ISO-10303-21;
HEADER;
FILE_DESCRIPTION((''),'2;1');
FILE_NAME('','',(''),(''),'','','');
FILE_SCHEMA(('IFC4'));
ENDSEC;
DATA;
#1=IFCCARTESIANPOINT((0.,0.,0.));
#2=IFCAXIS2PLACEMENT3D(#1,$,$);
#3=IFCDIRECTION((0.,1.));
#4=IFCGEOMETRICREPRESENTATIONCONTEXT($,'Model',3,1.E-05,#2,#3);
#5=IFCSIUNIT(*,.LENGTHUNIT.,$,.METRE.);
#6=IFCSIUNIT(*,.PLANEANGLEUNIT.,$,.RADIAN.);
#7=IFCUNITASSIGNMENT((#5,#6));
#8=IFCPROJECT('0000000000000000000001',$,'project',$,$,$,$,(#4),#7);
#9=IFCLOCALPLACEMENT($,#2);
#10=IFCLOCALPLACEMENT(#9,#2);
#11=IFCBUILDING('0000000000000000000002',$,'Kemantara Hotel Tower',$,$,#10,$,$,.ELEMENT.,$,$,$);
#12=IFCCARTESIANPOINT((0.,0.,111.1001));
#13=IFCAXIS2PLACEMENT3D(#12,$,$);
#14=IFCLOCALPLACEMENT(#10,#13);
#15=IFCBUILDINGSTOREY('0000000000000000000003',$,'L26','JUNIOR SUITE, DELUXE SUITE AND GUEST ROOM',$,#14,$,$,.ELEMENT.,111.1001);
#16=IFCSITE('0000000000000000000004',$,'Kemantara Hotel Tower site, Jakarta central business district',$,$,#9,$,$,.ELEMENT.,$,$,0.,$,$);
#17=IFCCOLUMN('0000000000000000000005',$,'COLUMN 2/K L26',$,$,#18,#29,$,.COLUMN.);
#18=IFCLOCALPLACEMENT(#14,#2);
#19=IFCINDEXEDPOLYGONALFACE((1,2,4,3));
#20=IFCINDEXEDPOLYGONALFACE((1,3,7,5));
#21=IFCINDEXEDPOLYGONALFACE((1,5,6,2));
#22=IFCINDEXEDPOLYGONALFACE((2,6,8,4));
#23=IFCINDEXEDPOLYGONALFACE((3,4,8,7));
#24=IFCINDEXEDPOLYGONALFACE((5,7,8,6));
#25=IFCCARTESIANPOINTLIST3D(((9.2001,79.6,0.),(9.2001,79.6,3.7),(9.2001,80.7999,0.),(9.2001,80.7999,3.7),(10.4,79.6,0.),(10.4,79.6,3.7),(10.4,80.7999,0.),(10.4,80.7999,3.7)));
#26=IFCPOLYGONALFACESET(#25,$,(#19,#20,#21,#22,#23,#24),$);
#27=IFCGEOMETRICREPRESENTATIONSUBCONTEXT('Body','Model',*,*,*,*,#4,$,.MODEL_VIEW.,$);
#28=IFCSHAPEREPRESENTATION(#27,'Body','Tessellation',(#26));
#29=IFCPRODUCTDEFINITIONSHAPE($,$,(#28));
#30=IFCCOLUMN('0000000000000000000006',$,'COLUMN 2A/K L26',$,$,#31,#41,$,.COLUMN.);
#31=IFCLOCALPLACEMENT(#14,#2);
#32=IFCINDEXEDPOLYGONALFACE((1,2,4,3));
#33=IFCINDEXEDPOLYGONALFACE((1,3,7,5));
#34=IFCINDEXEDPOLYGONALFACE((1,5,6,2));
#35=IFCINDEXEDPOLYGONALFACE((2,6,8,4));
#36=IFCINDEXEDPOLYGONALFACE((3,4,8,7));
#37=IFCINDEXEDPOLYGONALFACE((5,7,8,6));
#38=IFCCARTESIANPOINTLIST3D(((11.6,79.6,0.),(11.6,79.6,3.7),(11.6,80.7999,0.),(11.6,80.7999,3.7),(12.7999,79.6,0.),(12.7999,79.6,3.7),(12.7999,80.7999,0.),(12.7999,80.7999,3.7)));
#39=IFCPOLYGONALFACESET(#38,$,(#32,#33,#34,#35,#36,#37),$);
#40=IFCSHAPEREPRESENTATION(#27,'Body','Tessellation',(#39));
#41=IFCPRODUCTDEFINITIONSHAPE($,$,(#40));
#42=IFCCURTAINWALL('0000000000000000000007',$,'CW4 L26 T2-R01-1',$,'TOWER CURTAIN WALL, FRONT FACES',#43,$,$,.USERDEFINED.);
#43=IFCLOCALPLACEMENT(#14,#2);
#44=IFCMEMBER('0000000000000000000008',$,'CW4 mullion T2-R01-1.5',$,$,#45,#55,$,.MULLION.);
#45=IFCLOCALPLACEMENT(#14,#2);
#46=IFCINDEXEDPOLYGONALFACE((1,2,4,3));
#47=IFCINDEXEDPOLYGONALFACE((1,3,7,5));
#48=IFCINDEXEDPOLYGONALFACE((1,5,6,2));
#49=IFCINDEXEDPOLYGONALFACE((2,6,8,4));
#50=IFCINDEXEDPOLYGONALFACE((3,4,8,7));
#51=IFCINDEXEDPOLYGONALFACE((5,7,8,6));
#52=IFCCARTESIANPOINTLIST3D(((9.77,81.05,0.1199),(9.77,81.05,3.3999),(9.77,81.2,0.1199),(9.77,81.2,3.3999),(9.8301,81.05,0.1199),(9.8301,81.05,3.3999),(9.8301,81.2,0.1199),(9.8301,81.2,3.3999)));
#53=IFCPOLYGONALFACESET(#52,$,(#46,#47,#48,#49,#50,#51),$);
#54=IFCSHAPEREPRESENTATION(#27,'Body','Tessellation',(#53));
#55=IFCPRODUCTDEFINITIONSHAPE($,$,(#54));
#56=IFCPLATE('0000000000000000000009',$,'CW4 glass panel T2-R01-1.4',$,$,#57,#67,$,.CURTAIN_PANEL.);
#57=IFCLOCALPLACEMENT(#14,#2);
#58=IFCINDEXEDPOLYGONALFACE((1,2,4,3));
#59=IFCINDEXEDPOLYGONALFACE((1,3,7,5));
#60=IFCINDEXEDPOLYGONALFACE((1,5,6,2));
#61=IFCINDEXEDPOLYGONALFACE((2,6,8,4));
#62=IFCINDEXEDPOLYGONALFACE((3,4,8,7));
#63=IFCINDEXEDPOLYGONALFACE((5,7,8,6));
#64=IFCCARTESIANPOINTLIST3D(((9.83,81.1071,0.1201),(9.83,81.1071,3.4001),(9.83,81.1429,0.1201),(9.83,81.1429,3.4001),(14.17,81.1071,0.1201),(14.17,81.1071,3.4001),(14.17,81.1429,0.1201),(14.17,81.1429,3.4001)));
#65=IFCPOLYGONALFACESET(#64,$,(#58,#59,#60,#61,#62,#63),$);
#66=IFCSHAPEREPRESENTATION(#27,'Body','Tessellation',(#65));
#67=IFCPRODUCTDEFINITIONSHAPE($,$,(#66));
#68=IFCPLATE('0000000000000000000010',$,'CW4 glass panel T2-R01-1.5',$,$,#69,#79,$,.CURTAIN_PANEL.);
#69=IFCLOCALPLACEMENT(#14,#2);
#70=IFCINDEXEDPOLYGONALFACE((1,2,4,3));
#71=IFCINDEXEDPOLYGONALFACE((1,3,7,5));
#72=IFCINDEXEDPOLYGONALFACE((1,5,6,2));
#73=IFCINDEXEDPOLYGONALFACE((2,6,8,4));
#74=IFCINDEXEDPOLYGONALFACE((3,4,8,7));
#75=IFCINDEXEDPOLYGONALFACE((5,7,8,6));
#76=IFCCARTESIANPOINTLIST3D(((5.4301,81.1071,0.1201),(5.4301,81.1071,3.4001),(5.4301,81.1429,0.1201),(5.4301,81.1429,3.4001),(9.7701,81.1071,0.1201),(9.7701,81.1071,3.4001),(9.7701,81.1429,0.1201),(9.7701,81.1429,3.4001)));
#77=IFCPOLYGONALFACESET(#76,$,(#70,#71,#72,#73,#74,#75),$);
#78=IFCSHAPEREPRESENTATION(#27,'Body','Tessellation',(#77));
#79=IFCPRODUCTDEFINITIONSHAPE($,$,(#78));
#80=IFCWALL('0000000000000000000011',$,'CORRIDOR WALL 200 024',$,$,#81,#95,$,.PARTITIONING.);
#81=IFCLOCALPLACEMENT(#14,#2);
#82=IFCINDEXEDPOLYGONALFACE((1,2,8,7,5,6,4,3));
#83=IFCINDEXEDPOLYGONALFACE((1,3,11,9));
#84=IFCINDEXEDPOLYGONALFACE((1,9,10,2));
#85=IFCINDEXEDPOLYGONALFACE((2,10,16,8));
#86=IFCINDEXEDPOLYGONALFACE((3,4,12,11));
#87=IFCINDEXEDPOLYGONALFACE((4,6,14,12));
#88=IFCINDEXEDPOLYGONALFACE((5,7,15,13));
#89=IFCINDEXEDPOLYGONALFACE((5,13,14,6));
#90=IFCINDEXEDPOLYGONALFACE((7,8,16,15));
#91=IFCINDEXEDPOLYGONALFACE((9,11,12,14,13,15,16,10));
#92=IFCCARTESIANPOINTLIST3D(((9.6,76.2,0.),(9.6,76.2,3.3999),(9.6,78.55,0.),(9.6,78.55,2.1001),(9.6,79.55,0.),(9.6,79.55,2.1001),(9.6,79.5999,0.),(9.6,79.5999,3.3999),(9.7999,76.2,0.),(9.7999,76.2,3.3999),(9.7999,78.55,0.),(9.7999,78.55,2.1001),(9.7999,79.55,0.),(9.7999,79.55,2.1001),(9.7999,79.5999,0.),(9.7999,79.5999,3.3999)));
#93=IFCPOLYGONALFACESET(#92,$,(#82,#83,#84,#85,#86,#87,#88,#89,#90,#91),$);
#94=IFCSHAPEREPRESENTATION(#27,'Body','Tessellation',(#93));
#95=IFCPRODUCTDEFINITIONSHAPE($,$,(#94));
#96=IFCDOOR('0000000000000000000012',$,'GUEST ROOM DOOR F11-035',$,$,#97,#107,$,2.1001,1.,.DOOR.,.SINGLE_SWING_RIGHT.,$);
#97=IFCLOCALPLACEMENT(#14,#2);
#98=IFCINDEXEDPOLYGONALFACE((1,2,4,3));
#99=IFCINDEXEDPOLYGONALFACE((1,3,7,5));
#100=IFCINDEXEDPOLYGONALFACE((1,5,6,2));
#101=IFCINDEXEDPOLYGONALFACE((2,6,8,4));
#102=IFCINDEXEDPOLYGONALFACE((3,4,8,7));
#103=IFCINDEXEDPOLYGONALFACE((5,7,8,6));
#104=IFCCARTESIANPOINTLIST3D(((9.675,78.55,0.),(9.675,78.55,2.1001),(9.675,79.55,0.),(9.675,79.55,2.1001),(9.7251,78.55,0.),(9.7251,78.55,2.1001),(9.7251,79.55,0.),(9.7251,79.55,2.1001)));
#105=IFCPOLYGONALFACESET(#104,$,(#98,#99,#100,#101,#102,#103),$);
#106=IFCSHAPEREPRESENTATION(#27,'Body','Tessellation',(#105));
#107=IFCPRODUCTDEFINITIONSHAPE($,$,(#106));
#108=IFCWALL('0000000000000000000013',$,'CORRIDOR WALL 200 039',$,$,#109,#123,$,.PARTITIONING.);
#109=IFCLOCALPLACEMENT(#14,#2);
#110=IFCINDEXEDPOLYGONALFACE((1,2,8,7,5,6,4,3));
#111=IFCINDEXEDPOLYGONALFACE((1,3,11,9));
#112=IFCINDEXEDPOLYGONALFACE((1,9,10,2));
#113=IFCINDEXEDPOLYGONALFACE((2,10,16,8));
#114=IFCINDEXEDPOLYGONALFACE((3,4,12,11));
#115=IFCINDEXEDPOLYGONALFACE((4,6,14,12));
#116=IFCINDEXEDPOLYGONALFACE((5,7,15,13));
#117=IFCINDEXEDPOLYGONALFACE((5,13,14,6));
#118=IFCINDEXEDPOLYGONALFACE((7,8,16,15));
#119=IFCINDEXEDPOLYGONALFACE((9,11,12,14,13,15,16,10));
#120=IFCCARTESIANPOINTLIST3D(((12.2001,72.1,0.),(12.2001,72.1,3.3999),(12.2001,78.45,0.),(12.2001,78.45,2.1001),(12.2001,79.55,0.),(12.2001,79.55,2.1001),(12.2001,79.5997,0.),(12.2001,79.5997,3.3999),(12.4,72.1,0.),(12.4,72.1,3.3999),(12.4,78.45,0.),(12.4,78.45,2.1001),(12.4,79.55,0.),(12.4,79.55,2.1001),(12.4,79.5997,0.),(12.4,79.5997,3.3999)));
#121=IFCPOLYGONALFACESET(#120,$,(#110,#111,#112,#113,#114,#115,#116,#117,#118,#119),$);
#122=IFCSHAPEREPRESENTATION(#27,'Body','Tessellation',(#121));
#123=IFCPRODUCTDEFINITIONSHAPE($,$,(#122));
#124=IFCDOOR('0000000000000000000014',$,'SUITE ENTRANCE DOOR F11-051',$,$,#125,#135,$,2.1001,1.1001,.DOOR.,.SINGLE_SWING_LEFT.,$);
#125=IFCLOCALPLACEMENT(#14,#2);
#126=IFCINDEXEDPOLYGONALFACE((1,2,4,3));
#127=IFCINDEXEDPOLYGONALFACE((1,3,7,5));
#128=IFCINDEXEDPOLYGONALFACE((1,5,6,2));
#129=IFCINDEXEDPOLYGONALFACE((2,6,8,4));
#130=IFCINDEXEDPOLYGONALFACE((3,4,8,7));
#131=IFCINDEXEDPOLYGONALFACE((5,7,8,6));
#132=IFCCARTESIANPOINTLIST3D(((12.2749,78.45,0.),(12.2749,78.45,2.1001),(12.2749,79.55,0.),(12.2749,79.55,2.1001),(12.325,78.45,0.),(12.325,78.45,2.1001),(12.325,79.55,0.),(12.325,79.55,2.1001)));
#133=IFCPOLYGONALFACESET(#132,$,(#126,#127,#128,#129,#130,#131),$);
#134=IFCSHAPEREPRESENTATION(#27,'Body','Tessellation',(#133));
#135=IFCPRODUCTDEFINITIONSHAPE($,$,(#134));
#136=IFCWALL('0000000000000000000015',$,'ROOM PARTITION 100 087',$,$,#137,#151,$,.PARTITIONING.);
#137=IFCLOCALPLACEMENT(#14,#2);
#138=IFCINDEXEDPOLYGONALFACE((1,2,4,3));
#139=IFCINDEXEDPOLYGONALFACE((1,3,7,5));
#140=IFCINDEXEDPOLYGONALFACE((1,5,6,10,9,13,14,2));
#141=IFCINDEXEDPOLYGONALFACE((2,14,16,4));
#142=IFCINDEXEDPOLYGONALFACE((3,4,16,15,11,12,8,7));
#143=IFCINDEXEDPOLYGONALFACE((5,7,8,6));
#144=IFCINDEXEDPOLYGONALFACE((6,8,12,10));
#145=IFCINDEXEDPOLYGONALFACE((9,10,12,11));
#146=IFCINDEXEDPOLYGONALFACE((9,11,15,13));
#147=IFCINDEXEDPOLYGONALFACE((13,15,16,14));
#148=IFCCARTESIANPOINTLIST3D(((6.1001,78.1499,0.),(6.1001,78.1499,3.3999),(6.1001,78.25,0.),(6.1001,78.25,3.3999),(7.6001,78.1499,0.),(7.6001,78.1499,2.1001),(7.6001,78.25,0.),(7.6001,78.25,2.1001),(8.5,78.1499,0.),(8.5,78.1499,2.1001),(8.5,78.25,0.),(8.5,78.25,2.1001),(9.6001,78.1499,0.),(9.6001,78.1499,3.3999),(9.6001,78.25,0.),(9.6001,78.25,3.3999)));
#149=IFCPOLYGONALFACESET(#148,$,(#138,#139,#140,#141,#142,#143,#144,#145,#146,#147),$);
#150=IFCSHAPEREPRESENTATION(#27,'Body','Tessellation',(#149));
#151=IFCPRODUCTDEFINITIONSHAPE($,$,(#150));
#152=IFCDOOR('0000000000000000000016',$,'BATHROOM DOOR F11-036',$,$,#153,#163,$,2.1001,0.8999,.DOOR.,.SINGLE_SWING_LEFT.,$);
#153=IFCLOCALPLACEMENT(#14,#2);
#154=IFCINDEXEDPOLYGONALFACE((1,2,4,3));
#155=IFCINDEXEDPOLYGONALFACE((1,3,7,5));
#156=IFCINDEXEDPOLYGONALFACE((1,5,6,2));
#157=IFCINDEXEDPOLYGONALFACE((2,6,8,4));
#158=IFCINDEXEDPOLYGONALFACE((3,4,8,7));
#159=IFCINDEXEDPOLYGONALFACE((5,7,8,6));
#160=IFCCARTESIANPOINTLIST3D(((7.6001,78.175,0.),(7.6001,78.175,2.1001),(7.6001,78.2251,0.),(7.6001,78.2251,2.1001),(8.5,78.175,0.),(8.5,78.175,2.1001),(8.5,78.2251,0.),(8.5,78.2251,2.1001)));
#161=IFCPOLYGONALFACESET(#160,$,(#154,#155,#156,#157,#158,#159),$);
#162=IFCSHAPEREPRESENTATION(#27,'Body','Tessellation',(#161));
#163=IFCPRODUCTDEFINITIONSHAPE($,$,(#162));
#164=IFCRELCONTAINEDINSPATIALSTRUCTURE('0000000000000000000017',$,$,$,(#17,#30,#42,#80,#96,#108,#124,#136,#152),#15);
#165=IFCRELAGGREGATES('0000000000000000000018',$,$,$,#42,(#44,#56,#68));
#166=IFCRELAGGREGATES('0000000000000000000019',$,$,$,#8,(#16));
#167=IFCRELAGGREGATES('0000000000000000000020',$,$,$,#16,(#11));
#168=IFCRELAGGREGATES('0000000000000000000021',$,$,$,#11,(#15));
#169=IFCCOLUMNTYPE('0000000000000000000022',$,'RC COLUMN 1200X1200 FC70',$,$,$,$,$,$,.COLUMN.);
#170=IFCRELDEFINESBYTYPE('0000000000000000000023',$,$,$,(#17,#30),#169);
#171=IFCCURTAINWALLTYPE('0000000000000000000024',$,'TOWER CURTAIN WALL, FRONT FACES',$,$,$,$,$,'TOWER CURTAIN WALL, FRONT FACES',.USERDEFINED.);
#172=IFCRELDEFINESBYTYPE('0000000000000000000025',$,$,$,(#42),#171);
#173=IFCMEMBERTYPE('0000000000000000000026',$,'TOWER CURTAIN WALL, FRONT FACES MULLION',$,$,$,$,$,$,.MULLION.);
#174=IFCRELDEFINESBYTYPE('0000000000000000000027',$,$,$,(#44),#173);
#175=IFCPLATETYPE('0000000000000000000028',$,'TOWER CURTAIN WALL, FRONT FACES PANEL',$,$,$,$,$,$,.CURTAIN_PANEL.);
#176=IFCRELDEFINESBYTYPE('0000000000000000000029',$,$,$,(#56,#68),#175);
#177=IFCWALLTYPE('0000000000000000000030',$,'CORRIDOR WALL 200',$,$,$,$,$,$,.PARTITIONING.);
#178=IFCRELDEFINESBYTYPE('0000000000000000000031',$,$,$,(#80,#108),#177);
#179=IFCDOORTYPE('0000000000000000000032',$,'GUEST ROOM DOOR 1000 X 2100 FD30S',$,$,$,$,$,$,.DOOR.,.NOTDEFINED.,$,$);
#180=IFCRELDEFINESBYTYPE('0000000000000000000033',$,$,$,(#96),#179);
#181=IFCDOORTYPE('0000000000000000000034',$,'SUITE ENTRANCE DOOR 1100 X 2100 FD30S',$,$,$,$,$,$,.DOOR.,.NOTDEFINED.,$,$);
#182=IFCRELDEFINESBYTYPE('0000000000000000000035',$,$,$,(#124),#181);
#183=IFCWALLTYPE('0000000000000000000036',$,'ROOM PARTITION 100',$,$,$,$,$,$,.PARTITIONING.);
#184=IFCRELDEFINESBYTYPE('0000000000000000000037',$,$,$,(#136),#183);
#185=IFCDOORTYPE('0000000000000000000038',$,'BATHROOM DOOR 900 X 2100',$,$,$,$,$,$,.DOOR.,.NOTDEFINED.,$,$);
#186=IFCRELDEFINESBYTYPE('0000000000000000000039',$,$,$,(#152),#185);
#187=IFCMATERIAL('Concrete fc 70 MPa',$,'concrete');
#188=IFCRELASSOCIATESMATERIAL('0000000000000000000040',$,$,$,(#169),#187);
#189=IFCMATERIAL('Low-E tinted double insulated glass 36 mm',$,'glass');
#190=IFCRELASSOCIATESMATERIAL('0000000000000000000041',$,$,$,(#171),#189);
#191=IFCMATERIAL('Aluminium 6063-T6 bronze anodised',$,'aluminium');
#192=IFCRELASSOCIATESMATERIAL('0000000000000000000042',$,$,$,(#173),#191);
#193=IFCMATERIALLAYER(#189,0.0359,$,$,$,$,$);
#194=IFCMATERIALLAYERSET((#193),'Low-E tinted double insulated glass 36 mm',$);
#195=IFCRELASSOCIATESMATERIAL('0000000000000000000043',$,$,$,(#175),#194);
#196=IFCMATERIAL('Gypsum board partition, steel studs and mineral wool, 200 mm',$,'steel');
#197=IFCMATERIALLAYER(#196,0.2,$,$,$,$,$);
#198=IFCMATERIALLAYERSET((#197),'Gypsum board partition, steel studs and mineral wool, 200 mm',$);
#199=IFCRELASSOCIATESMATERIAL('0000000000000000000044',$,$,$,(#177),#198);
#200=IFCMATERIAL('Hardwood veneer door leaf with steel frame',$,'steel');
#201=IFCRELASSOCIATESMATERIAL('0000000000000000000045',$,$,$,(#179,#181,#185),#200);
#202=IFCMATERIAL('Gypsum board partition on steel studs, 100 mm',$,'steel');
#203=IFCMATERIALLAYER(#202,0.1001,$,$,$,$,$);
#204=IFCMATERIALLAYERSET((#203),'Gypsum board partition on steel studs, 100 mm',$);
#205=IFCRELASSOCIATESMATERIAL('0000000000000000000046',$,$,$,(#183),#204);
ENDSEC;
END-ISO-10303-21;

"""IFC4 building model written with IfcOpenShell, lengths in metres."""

from ifc_helpers import new_model, si_unit, direction, frame, frame_2d, origin, origin_2d, place, context, subcontext, project, spatial, rectangle, extrude, source, transform, mapped, material, layer, layer_set, material_profile, profile_set, type_object, element, fill, aggregate, save


model = new_model("IFC4")

# Units and contexts
model_context = context("Model", 3, precision=1e-05, world=origin(), true_north=direction((0.0, 1.0)))
body_context = subcontext(model_context, "Body", "Model", "MODEL_VIEW")
ifc_project = project(units=[si_unit("LENGTHUNIT", "METRE"), si_unit("PLANEANGLEUNIT", "RADIAN")], contexts=[model_context])

# Site, building, storey
site_placement = place(None, origin())
site = spatial("IfcSite", under=ifc_project, at=site_placement, Name="Kemantara Hotel Tower site, Jakarta central business district", CompositionType="ELEMENT", RefElevation=0.0)
building_placement = place(site_placement, origin())
building = spatial("IfcBuilding", under=site, at=building_placement, Name="Kemantara Hotel Tower", CompositionType="ELEMENT")
storey_placement = place(building_placement, frame((0.0, 0.0, 111.1001)))
storey = spatial("IfcBuildingStorey", under=building, at=storey_placement, Name="L26", Description="JUNIOR SUITE, DELUXE SUITE AND GUEST ROOM", CompositionType="ELEMENT", Elevation=111.1001)

# Columns
ifc_material_1 = material(Name="Concrete fc 70 MPa", Category="concrete")
ifc_material_profile_1 = material_profile(ifc_material_1, rectangle(XDim=1.2, YDim=1.2, at=origin_2d()), Name="RC 1200X1200")
ifc_profile_set_1 = profile_set([ifc_material_profile_1], Name="Concrete fc 70 MPa")
column_type = type_object("IfcColumnType", Name="RC COLUMN 1200X1200 FC70", PredefinedType="COLUMN", material=ifc_profile_set_1)
for number, where, z_axis, x_axis, name in (
    (1, (9.8, 80.2, 0.0), (0.0, 0.0, 1.0), (1.0, 0.0, 0.0), "COLUMN 2/K L26"),
    (2, (12.2, 80.2, 0.0), (0.0, 0.0, 1.0), (1.0, 0.0, 0.0), "COLUMN 2A/K L26"),
):
    element("IfcColumn", number, at=place(storey_placement, frame(where, z_axis=z_axis, x_axis=x_axis)), inside=storey, type_object=column_type, Name=name, PredefinedType="COLUMN", context=body_context, shape_type="SweptSolid", body=[
        extrude(rectangle(XDim=1.2, YDim=1.2, at=origin_2d()), origin(), (0.0, 0.0, 1.0), 3.7),
    ])

# Curtain wall, member, plates
ifc_material_2 = material(Name="Low-E tinted double insulated glass 36 mm", Category="glass")
curtain_wall_type = type_object("IfcCurtainWallType", Name="TOWER CURTAIN WALL, FRONT FACES", ElementType="TOWER CURTAIN WALL, FRONT FACES", PredefinedType="USERDEFINED", material=ifc_material_2)
curtain_wall_placement = place(storey_placement, origin())
curtain_wall = element("IfcCurtainWall", 3, at=curtain_wall_placement, inside=storey, type_object=curtain_wall_type, Name="CW4 L26 T2-R01-1", ObjectType="TOWER CURTAIN WALL, FRONT FACES", PredefinedType="USERDEFINED")
ifc_material_3 = material(Name="Aluminium 6063-T6 bronze anodised", Category="aluminium")
ifc_material_profile_2 = material_profile(ifc_material_3, rectangle(XDim=0.1499, YDim=0.0601, at=origin_2d()), Name="TOWER CURTAIN WALL, FRONT FACES MULLION")
ifc_profile_set_2 = profile_set([ifc_material_profile_2], Name="Aluminium 6063-T6 bronze anodised")
member_type = type_object("IfcMemberType", Name="TOWER CURTAIN WALL, FRONT FACES MULLION", PredefinedType="MULLION", material=ifc_profile_set_2)
shared_shape_1 = source(origin(), body_context, "Body", "SweptSolid", [
    extrude(rectangle(XDim=0.1499, YDim=0.0601, at=origin_2d()), origin(), (0.0, 0.0, 1.0), 3.28),
])
member_placement = place(storey_placement, frame((9.8, 81.125, 0.1199), z_axis=(0.0, 0.0, 1.0), x_axis=(0.0, -1.0, 0.0)))
member = element("IfcMember", 4, at=member_placement, type_object=member_type, Name="CW4 mullion T2-R01-1.5", PredefinedType="MULLION", context=body_context, shape_type="MappedRepresentation", body=[
    mapped(shared_shape_1, transform((0.0, 0.0, 0.0))),
])
ifc_layer_1 = layer(ifc_material_2, 0.0359)
ifc_layer_set_1 = layer_set([ifc_layer_1], Name="Low-E tinted double insulated glass 36 mm")
plate_type = type_object("IfcPlateType", Name="TOWER CURTAIN WALL, FRONT FACES PANEL", PredefinedType="CURTAIN_PANEL", material=ifc_layer_set_1)
shared_shape_2 = source(origin(), body_context, "Body", "SweptSolid", [
    extrude(rectangle(XDim=4.3401, YDim=0.0359, at=origin_2d()), origin(), (0.0, 0.0, 1.0), 3.28),
])
plate_1_placement = place(storey_placement, frame((12.0, 81.125, 0.1201), z_axis=(0.0, 0.0, 1.0), x_axis=(-1.0, 0.0, 0.0)))
plate_1 = element("IfcPlate", 5, at=plate_1_placement, type_object=plate_type, Name="CW4 glass panel T2-R01-1.4", PredefinedType="CURTAIN_PANEL", context=body_context, shape_type="MappedRepresentation", body=[
    mapped(shared_shape_2, transform((0.0, 0.0, 0.0))),
])
plate_2_placement = place(storey_placement, frame((7.6001, 81.125, 0.1201), z_axis=(0.0, 0.0, 1.0), x_axis=(-1.0, 0.0, 0.0)))
plate_2 = element("IfcPlate", 6, at=plate_2_placement, type_object=plate_type, Name="CW4 glass panel T2-R01-1.5", PredefinedType="CURTAIN_PANEL", context=body_context, shape_type="MappedRepresentation", body=[
    mapped(shared_shape_2, transform((0.0, 0.0, 0.0))),
])
aggregate(curtain_wall, [member, plate_1, plate_2])

# Walls, openings, doors
ifc_material_4 = material(Name="Gypsum board partition, steel studs and mineral wool, 200 mm", Category="steel")
ifc_layer_2 = layer(ifc_material_4, 0.2)
ifc_layer_set_2 = layer_set([ifc_layer_2], Name="Gypsum board partition, steel studs and mineral wool, 200 mm")
wall_type_1 = type_object("IfcWallType", Name="CORRIDOR WALL 200", PredefinedType="PARTITIONING", material=ifc_layer_set_2)
wall_1_placement = place(storey_placement, frame((9.7, 76.2, 0.0), z_axis=(0.0, 0.0, 1.0), x_axis=(0.0, 1.0, 0.0)))
wall_1 = element("IfcWall", 7, at=wall_1_placement, inside=storey, type_object=wall_type_1, Name="CORRIDOR WALL 200 024", PredefinedType="PARTITIONING", context=body_context, shape_type="SweptSolid", body=[
    extrude(rectangle(XDim=3.3999, YDim=0.2, at=frame_2d((1.7, 0.0))), origin(), (0.0, 0.0, 1.0), 3.3999),
])
opening_1_placement = place(wall_1_placement, frame((2.3501, 0.0, 0.0)))
opening_1 = element("IfcOpeningElement", 8, at=opening_1_placement, cuts=wall_1, PredefinedType="OPENING", context=body_context, shape_type="SweptSolid", body=[
    extrude(rectangle(XDim=1.0, YDim=2.1001, at=frame_2d((0.5, 1.05))), frame((0.0, 0.1099, 0.0), z_axis=(0.0, -1.0, 0.0), x_axis=(1.0, 0.0, 0.0)), (0.0, 0.0, 1.0), 0.22),
])
ifc_material_5 = material(Name="Hardwood veneer door leaf with steel frame", Category="steel")
door_type_1 = type_object("IfcDoorType", Name="GUEST ROOM DOOR 1000 X 2100 FD30S", OperationType="NOTDEFINED", PredefinedType="DOOR", material=ifc_material_5)
door_1_placement = place(opening_1_placement, origin())
door_1 = element("IfcDoor", 9, at=door_1_placement, inside=storey, type_object=door_type_1, Name="GUEST ROOM DOOR F11-035", OperationType="SINGLE_SWING_RIGHT", OverallHeight=2.1001, OverallWidth=1.0, PredefinedType="DOOR", context=body_context, shape_type="SweptSolid", body=[
    extrude(rectangle(XDim=1.0, YDim=2.1001, at=frame_2d((0.5, 1.05))), frame((0.0, 0.0249, 0.0), z_axis=(0.0, -1.0, 0.0), x_axis=(1.0, 0.0, 0.0)), (0.0, 0.0, 1.0), 0.05),
])
fill(opening_1, door_1)
wall_2_placement = place(storey_placement, frame((12.3, 79.5999, 0.0), z_axis=(0.0, 0.0, 1.0), x_axis=(0.0, -1.0, 0.0)))
wall_2 = element("IfcWall", 10, at=wall_2_placement, inside=storey, type_object=wall_type_1, Name="CORRIDOR WALL 200 039", PredefinedType="PARTITIONING", context=body_context, shape_type="SweptSolid", body=[
    extrude(rectangle(XDim=7.4998, YDim=0.2, at=frame_2d((3.75, 0.0))), origin(), (0.0, 0.0, 1.0), 3.3999),
])
opening_2_placement = place(wall_2_placement, frame((0.0498, 0.0, 0.0)))
opening_2 = element("IfcOpeningElement", 11, at=opening_2_placement, cuts=wall_2, PredefinedType="OPENING", context=body_context, shape_type="SweptSolid", body=[
    extrude(rectangle(XDim=1.1001, YDim=2.1001, at=frame_2d((0.55, 1.05))), frame((0.0, 0.1099, 0.0), z_axis=(0.0, -1.0, 0.0), x_axis=(1.0, 0.0, 0.0)), (0.0, 0.0, 1.0), 0.22),
])
door_type_2 = type_object("IfcDoorType", Name="SUITE ENTRANCE DOOR 1100 X 2100 FD30S", OperationType="NOTDEFINED", PredefinedType="DOOR", material=ifc_material_5)
door_2_placement = place(opening_2_placement, origin())
door_2 = element("IfcDoor", 12, at=door_2_placement, inside=storey, type_object=door_type_2, Name="SUITE ENTRANCE DOOR F11-051", OperationType="SINGLE_SWING_LEFT", OverallHeight=2.1001, OverallWidth=1.1001, PredefinedType="DOOR", context=body_context, shape_type="SweptSolid", body=[
    extrude(rectangle(XDim=1.1001, YDim=2.1001, at=frame_2d((0.55, 1.05))), frame((0.0, 0.0249, 0.0), z_axis=(0.0, -1.0, 0.0), x_axis=(1.0, 0.0, 0.0)), (0.0, 0.0, 1.0), 0.05),
])
fill(opening_2, door_2)
ifc_material_6 = material(Name="Gypsum board partition on steel studs, 100 mm", Category="steel")
ifc_layer_3 = layer(ifc_material_6, 0.1001)
ifc_layer_set_3 = layer_set([ifc_layer_3], Name="Gypsum board partition on steel studs, 100 mm")
wall_type_2 = type_object("IfcWallType", Name="ROOM PARTITION 100", PredefinedType="PARTITIONING", material=ifc_layer_set_3)
wall_3_placement = place(storey_placement, frame((9.6001, 78.2, 0.0), z_axis=(0.0, 0.0, 1.0), x_axis=(-1.0, 0.0, 0.0)))
wall_3 = element("IfcWall", 13, at=wall_3_placement, inside=storey, type_object=wall_type_2, Name="ROOM PARTITION 100 087", PredefinedType="PARTITIONING", context=body_context, shape_type="SweptSolid", body=[
    extrude(rectangle(XDim=3.5, YDim=0.1001, at=frame_2d((1.75, 0.0))), origin(), (0.0, 0.0, 1.0), 3.3999),
])
opening_3_placement = place(wall_3_placement, frame((1.1001, 0.0, 0.0)))
opening_3 = element("IfcOpeningElement", 14, at=opening_3_placement, cuts=wall_3, PredefinedType="OPENING", context=body_context, shape_type="SweptSolid", body=[
    extrude(rectangle(XDim=0.8999, YDim=2.1001, at=frame_2d((0.45, 1.05))), frame((0.0, 0.0601, 0.0), z_axis=(0.0, -1.0, 0.0), x_axis=(1.0, 0.0, 0.0)), (0.0, 0.0, 1.0), 0.1201),
])
door_type_3 = type_object("IfcDoorType", Name="BATHROOM DOOR 900 X 2100", OperationType="NOTDEFINED", PredefinedType="DOOR", material=ifc_material_5)
door_3_placement = place(opening_3_placement, origin())
door_3 = element("IfcDoor", 15, at=door_3_placement, inside=storey, type_object=door_type_3, Name="BATHROOM DOOR F11-036", OperationType="SINGLE_SWING_LEFT", OverallHeight=2.1001, OverallWidth=0.8999, PredefinedType="DOOR", context=body_context, shape_type="SweptSolid", body=[
    extrude(rectangle(XDim=0.8999, YDim=2.1001, at=frame_2d((0.45, 1.05))), frame((0.0, 0.0249, 0.0), z_axis=(0.0, -1.0, 0.0), x_axis=(1.0, 0.0, 0.0)), (0.0, 0.0, 1.0), 0.05),
])
fill(opening_3, door_3)

save(model, "model.ifc")
